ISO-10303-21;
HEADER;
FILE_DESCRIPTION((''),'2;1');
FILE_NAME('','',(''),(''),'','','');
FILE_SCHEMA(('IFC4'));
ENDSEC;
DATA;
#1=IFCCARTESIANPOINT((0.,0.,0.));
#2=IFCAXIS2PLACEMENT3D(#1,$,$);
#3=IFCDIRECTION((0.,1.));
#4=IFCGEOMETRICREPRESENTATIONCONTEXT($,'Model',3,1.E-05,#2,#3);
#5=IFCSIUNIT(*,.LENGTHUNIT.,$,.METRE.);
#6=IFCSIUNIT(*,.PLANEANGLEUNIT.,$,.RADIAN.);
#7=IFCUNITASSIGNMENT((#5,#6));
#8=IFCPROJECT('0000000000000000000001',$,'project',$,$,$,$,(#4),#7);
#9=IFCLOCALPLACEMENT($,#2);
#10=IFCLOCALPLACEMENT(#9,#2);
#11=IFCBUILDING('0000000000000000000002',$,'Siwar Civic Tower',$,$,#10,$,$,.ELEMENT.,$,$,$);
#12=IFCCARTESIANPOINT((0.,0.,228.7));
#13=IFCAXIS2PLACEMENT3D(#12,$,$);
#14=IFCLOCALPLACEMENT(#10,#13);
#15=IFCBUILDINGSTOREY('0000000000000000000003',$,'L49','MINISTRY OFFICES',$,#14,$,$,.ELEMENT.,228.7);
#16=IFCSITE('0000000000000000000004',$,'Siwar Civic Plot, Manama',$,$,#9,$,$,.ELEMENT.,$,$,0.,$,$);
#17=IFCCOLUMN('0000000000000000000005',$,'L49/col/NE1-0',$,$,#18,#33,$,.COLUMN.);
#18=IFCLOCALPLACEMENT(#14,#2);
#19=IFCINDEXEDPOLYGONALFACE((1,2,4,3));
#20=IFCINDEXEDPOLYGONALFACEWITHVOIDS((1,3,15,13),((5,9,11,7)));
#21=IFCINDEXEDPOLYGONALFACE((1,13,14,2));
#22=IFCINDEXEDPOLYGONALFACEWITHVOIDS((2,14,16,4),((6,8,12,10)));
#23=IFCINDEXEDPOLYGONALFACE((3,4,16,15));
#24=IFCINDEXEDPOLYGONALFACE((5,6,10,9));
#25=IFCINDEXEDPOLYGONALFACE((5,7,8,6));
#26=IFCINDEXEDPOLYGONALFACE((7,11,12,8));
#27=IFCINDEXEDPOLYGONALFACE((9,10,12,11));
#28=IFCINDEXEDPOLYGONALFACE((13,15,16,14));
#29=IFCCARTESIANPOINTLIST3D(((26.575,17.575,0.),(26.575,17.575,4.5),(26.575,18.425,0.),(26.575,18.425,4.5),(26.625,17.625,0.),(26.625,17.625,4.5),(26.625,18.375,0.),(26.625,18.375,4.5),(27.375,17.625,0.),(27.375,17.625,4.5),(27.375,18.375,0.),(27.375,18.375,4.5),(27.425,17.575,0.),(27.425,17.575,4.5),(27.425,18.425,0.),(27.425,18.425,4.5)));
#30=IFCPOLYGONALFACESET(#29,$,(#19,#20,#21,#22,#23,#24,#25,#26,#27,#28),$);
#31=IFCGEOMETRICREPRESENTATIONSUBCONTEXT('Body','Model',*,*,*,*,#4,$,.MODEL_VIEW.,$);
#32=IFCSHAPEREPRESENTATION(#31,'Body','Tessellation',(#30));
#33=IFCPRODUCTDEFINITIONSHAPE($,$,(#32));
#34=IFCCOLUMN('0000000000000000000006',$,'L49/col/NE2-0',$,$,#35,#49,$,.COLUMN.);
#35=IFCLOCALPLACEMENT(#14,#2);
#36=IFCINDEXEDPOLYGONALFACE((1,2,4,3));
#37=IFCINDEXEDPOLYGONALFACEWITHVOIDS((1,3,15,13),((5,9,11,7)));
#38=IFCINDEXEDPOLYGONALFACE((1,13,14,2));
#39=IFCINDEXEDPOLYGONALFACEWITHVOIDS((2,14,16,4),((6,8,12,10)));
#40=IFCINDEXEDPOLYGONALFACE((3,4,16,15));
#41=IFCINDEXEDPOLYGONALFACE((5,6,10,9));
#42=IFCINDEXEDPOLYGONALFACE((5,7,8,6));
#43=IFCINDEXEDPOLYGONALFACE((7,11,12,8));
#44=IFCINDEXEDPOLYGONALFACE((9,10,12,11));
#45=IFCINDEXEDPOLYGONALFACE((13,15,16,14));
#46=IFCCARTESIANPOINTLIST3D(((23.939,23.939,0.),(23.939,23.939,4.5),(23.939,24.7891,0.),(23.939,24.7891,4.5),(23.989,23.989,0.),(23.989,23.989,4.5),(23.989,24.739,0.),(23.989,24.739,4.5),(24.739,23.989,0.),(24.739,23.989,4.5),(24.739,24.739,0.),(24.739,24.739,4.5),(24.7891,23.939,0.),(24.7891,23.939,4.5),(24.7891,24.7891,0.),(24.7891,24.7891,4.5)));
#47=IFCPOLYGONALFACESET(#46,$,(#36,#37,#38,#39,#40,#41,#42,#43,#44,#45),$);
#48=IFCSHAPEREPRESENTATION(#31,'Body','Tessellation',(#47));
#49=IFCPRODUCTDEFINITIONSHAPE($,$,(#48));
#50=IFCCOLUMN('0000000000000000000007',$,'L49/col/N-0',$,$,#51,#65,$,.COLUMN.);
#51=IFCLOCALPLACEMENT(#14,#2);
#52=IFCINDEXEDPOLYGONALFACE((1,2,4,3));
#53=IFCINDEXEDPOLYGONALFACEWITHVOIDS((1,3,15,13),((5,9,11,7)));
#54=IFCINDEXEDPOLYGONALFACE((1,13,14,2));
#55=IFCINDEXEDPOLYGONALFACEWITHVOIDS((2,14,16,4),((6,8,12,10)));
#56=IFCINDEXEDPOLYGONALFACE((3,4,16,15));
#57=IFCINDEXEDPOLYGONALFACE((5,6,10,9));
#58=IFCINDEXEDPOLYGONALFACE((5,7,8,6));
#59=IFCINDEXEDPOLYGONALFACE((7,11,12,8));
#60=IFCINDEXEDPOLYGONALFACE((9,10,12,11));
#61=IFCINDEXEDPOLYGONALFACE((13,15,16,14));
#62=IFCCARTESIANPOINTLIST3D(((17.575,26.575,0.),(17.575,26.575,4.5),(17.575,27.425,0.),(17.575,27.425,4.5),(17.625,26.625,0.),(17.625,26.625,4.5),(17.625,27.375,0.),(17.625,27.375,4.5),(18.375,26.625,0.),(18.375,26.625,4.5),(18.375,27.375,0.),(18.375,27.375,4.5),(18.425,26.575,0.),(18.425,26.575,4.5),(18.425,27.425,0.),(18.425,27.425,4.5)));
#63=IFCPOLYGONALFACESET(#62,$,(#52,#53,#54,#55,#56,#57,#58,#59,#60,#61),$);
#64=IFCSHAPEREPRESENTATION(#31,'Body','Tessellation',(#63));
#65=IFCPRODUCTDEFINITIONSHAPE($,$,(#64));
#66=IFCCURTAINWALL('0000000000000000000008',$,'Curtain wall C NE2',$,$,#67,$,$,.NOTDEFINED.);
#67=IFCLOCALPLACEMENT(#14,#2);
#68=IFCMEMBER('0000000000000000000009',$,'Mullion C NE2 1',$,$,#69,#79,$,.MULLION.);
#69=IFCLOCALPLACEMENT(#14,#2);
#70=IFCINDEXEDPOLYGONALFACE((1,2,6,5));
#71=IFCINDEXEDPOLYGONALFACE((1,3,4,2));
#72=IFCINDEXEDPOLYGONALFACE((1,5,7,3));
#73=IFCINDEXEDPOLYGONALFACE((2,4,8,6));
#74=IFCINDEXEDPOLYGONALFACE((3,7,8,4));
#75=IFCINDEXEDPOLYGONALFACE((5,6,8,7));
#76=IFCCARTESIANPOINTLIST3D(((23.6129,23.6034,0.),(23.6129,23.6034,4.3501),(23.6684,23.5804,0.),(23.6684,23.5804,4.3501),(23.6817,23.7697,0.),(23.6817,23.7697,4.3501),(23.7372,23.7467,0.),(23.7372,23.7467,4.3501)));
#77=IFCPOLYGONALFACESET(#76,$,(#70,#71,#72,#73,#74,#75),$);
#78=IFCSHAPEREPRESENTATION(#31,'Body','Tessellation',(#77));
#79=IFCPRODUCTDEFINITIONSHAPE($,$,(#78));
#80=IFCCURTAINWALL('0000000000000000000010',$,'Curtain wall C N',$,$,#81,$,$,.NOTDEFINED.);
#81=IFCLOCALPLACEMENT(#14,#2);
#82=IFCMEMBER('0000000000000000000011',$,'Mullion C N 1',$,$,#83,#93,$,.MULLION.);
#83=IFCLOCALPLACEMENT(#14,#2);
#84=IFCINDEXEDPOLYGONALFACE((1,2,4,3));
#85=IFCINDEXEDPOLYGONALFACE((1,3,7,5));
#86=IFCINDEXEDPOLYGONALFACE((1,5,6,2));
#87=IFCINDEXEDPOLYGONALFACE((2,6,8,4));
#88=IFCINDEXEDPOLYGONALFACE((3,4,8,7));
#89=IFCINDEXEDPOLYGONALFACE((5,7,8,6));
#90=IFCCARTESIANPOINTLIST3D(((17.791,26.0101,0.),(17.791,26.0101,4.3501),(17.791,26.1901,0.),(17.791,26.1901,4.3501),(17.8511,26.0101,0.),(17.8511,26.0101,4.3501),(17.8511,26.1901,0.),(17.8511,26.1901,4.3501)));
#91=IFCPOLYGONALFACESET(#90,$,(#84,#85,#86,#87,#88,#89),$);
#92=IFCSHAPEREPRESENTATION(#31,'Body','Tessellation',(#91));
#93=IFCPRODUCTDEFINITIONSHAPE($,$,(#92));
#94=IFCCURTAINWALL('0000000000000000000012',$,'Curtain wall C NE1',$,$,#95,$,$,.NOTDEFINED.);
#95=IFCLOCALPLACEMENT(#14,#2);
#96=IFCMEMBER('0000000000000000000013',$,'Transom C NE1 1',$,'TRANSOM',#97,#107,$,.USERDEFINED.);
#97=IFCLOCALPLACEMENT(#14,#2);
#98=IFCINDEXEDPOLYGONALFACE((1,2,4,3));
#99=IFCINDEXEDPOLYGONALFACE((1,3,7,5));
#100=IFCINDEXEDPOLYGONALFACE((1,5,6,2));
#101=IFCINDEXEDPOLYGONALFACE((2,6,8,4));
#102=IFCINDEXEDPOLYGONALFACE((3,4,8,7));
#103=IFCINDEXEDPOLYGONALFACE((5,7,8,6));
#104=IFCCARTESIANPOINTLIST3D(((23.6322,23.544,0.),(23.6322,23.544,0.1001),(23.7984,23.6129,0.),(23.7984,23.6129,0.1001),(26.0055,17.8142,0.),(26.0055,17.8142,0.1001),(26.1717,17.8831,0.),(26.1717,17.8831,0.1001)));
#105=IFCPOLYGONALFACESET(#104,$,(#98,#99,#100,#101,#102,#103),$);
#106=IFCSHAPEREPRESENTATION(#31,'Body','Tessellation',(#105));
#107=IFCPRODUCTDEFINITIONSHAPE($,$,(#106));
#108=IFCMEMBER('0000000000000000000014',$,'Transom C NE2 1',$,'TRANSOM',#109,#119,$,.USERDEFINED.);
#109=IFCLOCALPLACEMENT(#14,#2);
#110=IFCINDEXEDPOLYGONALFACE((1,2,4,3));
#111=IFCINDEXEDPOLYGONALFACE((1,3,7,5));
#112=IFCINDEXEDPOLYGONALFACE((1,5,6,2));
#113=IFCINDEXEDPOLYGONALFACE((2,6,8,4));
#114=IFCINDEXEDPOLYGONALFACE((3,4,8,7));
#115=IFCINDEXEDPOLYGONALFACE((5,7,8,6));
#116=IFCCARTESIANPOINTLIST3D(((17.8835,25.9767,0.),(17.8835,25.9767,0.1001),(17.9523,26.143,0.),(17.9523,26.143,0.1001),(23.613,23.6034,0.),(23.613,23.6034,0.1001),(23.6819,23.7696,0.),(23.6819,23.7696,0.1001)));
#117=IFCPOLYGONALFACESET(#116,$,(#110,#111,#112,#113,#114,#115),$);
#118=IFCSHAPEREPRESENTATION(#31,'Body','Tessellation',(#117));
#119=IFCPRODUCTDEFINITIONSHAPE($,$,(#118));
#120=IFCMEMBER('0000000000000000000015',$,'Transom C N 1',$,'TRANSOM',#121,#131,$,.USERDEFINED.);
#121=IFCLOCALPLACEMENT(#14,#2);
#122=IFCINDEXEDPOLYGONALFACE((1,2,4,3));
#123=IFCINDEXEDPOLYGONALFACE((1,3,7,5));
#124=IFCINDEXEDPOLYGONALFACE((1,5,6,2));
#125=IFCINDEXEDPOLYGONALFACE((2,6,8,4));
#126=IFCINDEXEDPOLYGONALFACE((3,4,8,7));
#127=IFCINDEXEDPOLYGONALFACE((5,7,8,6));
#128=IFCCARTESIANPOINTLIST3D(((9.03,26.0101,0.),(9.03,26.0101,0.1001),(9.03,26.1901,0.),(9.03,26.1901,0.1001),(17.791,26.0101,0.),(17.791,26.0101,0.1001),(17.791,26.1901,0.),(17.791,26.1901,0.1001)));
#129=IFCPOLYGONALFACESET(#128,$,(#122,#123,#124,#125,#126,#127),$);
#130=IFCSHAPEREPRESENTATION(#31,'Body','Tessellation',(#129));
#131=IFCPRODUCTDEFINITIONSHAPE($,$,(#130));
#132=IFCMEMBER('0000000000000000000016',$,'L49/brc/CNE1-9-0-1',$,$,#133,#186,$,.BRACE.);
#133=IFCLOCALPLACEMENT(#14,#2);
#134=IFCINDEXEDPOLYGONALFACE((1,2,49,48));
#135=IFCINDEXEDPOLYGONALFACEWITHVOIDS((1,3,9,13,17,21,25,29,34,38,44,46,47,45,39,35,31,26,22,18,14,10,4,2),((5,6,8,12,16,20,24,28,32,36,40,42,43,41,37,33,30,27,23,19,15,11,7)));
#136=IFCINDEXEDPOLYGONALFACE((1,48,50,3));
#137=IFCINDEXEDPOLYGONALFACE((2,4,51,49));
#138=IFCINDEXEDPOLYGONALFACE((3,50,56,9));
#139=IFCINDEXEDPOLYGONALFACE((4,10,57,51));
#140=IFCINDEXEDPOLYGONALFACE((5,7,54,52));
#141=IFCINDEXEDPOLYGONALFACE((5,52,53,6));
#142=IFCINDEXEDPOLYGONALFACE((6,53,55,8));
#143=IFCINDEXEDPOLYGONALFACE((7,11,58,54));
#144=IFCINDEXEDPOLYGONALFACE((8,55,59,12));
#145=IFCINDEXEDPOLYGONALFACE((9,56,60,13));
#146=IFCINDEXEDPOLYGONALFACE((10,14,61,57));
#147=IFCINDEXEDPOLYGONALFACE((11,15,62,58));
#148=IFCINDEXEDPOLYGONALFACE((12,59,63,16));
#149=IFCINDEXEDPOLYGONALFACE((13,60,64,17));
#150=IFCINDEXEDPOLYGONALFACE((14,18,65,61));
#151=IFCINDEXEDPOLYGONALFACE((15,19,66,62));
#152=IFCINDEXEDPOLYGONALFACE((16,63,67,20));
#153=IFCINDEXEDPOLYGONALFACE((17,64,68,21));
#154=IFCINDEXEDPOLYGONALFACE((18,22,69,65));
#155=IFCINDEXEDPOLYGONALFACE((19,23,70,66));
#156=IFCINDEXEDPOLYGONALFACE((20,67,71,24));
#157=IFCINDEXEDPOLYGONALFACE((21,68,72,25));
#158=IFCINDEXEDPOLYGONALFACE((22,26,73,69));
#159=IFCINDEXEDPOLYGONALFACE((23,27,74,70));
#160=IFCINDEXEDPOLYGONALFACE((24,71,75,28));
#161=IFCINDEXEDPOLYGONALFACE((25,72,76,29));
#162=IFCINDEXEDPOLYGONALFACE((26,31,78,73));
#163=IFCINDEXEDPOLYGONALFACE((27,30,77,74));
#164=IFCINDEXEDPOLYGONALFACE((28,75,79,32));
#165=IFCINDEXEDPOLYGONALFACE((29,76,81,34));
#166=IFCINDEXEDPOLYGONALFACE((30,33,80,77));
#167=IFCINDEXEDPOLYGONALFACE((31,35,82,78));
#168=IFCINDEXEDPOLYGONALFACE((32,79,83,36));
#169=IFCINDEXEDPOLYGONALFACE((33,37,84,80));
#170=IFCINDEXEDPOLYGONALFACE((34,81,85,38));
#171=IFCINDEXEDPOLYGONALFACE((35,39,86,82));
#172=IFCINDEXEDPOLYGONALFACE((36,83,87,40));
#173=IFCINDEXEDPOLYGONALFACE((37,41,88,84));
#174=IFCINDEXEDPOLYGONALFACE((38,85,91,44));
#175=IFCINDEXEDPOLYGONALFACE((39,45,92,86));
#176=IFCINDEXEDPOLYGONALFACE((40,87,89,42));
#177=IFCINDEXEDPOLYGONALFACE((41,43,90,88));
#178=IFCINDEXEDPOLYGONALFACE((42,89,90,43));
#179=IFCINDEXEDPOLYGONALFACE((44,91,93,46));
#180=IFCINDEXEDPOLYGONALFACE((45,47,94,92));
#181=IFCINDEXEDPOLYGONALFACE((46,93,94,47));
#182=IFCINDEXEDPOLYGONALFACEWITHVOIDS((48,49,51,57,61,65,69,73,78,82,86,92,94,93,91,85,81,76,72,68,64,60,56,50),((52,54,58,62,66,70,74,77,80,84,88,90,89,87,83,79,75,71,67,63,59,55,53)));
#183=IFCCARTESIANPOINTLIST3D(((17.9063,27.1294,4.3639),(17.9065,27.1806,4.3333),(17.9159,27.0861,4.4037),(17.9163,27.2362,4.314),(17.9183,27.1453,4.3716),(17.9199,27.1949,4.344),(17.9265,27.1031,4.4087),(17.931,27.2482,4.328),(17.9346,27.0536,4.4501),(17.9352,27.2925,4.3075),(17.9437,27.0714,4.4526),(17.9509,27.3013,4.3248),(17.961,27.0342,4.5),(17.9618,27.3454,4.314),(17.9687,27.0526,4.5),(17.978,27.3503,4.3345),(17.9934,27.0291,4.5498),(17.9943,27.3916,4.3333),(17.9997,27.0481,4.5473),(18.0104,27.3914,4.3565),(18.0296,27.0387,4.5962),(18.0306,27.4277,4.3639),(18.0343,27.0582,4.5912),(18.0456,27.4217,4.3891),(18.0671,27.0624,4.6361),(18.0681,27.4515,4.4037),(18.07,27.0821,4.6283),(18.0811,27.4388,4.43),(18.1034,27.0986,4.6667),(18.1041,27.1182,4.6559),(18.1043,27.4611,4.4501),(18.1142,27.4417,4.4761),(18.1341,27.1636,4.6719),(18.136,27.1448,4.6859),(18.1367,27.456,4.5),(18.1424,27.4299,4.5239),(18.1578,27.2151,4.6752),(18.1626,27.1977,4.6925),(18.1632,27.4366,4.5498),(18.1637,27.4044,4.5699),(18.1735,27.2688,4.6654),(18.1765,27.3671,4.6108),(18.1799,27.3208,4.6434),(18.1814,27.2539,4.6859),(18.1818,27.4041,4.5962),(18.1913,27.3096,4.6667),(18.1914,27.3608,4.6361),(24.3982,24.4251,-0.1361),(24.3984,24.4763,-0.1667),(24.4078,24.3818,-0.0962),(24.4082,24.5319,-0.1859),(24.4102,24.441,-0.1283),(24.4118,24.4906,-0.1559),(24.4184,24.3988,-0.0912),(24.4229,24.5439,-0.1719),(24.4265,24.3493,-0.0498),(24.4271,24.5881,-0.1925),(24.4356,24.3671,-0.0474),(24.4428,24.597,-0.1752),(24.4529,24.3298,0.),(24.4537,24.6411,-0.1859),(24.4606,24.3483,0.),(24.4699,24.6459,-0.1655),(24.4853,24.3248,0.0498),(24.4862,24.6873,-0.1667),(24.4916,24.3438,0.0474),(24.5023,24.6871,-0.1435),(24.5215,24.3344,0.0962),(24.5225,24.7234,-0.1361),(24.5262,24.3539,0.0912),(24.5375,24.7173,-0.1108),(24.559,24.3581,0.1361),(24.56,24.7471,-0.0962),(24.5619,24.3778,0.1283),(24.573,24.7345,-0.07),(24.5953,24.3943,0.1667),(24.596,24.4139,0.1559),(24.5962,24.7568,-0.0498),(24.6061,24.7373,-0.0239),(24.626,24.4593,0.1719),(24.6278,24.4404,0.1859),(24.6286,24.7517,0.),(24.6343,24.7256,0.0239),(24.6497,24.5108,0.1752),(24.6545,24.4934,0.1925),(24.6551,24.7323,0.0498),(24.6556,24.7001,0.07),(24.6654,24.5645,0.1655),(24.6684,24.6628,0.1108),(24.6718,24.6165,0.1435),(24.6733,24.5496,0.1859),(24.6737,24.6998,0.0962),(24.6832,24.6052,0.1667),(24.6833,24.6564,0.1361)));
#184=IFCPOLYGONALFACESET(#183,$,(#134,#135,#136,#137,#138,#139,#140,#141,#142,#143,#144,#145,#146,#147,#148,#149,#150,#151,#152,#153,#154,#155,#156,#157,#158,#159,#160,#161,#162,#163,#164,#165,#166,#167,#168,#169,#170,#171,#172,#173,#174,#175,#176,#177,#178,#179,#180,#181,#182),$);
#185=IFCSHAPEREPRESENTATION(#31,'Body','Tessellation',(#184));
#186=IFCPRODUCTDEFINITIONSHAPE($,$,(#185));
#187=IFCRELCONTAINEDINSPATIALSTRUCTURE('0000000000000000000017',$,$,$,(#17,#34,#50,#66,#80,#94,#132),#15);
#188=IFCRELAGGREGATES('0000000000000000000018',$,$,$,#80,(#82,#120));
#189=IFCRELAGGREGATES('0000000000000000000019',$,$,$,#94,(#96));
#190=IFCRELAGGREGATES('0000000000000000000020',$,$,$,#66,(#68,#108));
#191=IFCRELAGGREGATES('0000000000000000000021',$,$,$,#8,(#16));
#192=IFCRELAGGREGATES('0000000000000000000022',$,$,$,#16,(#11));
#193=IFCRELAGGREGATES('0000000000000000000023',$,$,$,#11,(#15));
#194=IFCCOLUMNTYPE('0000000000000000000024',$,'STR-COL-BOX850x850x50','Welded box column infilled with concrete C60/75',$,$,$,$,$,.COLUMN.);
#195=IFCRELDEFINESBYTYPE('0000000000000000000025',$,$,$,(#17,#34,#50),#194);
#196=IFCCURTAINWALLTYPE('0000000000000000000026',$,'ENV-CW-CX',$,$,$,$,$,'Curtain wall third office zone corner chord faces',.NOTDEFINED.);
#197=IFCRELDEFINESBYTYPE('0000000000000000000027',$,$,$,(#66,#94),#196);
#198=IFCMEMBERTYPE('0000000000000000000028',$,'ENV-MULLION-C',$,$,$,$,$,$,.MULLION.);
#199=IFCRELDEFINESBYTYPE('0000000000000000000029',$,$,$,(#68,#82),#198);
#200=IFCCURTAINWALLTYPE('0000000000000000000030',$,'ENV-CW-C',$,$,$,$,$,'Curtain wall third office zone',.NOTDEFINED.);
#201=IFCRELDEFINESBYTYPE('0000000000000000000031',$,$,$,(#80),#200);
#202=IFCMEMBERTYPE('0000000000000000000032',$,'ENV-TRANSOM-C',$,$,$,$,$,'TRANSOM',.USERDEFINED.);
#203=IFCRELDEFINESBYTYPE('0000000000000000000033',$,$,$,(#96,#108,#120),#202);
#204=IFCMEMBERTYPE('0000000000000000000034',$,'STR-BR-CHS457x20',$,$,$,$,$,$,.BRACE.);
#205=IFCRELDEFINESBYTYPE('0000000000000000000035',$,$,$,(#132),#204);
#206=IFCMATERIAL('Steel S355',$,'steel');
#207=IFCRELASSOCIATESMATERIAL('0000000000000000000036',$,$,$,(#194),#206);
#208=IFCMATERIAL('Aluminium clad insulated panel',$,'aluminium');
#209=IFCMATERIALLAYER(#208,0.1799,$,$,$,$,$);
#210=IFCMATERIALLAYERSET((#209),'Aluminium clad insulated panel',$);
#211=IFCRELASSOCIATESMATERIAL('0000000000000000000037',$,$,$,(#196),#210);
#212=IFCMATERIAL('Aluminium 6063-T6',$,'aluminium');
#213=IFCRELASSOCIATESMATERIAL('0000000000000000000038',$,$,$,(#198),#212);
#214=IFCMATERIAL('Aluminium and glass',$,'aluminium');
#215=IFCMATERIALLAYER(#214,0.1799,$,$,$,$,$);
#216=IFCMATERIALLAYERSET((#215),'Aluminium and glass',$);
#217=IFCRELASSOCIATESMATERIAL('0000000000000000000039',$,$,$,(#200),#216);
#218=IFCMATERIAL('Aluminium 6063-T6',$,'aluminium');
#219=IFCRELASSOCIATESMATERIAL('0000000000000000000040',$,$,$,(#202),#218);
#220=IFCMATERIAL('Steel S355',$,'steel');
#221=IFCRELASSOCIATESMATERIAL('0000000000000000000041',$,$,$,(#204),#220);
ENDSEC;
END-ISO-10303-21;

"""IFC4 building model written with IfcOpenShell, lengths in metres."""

from ifc_helpers import new_model, si_unit, direction, frame, origin, origin_2d, place, context, subcontext, project, spatial, rectangle, hollow_rectangle, hollow_circle, extrude, material, layer, layer_set, material_profile, profile_set, type_object, element, aggregate, save


model = new_model("IFC4")

# Units and contexts
model_context = context("Model", 3, precision=1e-05, world=origin(), true_north=direction((0.0, 1.0)))
body_context = subcontext(model_context, "Body", "Model", "MODEL_VIEW")
ifc_project = project(units=[si_unit("LENGTHUNIT", "METRE"), si_unit("PLANEANGLEUNIT", "RADIAN")], contexts=[model_context])

# Site, building, storey
site_placement = place(None, origin())
site = spatial("IfcSite", under=ifc_project, at=site_placement, Name="Siwar Civic Plot, Manama", CompositionType="ELEMENT", RefElevation=0.0)
building_placement = place(site_placement, origin())
building = spatial("IfcBuilding", under=site, at=building_placement, Name="Siwar Civic Tower", CompositionType="ELEMENT")
storey_placement = place(building_placement, frame((0.0, 0.0, 228.7)))
storey = spatial("IfcBuildingStorey", under=building, at=storey_placement, Name="L49", Description="MINISTRY OFFICES", CompositionType="ELEMENT", Elevation=228.7)

# Columns
ifc_material_1 = material(Name="Steel S355", Category="steel")
ifc_material_profile_1 = material_profile(ifc_material_1, hollow_rectangle(XDim=0.8501, YDim=0.8501, WallThickness=0.05, at=origin_2d()), Name="BOX850x850x50")
ifc_profile_set_1 = profile_set([ifc_material_profile_1], Name="Steel S355")
column_type = type_object("IfcColumnType", Name="STR-COL-BOX850x850x50", Description="Welded box column infilled with concrete C60/75", PredefinedType="COLUMN", material=ifc_profile_set_1)
for number, where, z_axis, x_axis, name in (
    (1, (27.0, 18.0, 0.0), (0.0, 0.0, 1.0), (1.0, 0.0, 0.0), "L49/col/NE1-0"),
    (2, (24.364, 24.364, 0.0), (0.0, 0.0, 1.0), (1.0, 0.0, 0.0), "L49/col/NE2-0"),
    (3, (18.0, 27.0, 0.0), (0.0, 0.0, 1.0), (1.0, 0.0, 0.0), "L49/col/N-0"),
):
    element("IfcColumn", number, at=place(storey_placement, frame(where, z_axis=z_axis, x_axis=x_axis)), inside=storey, type_object=column_type, Name=name, PredefinedType="COLUMN", context=body_context, shape_type="SweptSolid", body=[
        extrude(hollow_rectangle(XDim=0.8501, YDim=0.8501, WallThickness=0.05, at=origin_2d()), origin(), (0.0, 0.0, 1.0), 4.5),
    ])

# Curtain walls, members
ifc_material_2 = material(Name="Aluminium clad insulated panel", Category="aluminium")
ifc_layer_1 = layer(ifc_material_2, 0.1799)
ifc_layer_set_1 = layer_set([ifc_layer_1], Name="Aluminium clad insulated panel")
curtain_wall_type_1 = type_object("IfcCurtainWallType", Name="ENV-CW-CX", ElementType="Curtain wall third office zone corner chord faces", PredefinedType="NOTDEFINED", material=ifc_layer_set_1)
curtain_wall_1_placement = place(storey_placement, origin())
curtain_wall_1 = element("IfcCurtainWall", 4, at=curtain_wall_1_placement, inside=storey, type_object=curtain_wall_type_1, Name="Curtain wall C NE2", PredefinedType="NOTDEFINED")
ifc_material_3 = material(Name="Aluminium 6063-T6", Category="aluminium")
ifc_material_profile_2 = material_profile(ifc_material_3, rectangle(XDim=0.1799, YDim=0.0601, at=origin_2d()), Name="AL 180x60")
ifc_profile_set_2 = profile_set([ifc_material_profile_2], Name="Aluminium 6063-T6")
member_type_1 = type_object("IfcMemberType", Name="ENV-MULLION-C", PredefinedType="MULLION", material=ifc_profile_set_2)
member_1_placement = place(storey_placement, frame((23.675, 23.675, 0.0), z_axis=(0.0, 0.0, 1.0), x_axis=(-0.382683, -0.92388, 0.0)))
member_1 = element("IfcMember", 5, at=member_1_placement, type_object=member_type_1, Name="Mullion C NE2 1", PredefinedType="MULLION", context=body_context, shape_type="SweptSolid", body=[
    extrude(rectangle(XDim=0.1799, YDim=0.0601, at=origin_2d()), origin(), (0.0, 0.0, 1.0), 4.3501),
])
ifc_material_4 = material(Name="Aluminium and glass", Category="aluminium")
ifc_layer_2 = layer(ifc_material_4, 0.1799)
ifc_layer_set_2 = layer_set([ifc_layer_2], Name="Aluminium and glass")
curtain_wall_type_2 = type_object("IfcCurtainWallType", Name="ENV-CW-C", ElementType="Curtain wall third office zone", PredefinedType="NOTDEFINED", material=ifc_layer_set_2)
curtain_wall_2_placement = place(storey_placement, origin())
curtain_wall_2 = element("IfcCurtainWall", 6, at=curtain_wall_2_placement, inside=storey, type_object=curtain_wall_type_2, Name="Curtain wall C N", PredefinedType="NOTDEFINED")
member_2_placement = place(storey_placement, frame((17.821, 26.1001, 0.0), z_axis=(0.0, 0.0, 1.0), x_axis=(0.0, -1.0, 0.0)))
member_2 = element("IfcMember", 7, at=member_2_placement, type_object=member_type_1, Name="Mullion C N 1", PredefinedType="MULLION", context=body_context, shape_type="SweptSolid", body=[
    extrude(rectangle(XDim=0.1799, YDim=0.0601, at=origin_2d()), origin(), (0.0, 0.0, 1.0), 4.3501),
])
curtain_wall_3_placement = place(storey_placement, origin())
curtain_wall_3 = element("IfcCurtainWall", 8, at=curtain_wall_3_placement, inside=storey, type_object=curtain_wall_type_1, Name="Curtain wall C NE1", PredefinedType="NOTDEFINED")
ifc_material_5 = material(Name="Aluminium 6063-T6", Category="aluminium")
ifc_material_profile_3 = material_profile(ifc_material_5, rectangle(XDim=0.1799, YDim=0.1001, at=origin_2d()), Name="AL 180x100")
ifc_profile_set_3 = profile_set([ifc_material_profile_3], Name="Aluminium 6063-T6")
member_type_2 = type_object("IfcMemberType", Name="ENV-TRANSOM-C", ElementType="TRANSOM", PredefinedType="USERDEFINED", material=ifc_profile_set_3)
member_3_placement = place(storey_placement, frame((26.0886, 17.8486, 0.05), z_axis=(-0.382677, 0.923882, 0.0), x_axis=(-0.923882, -0.382677, 0.0)))
member_3 = element("IfcMember", 9, at=member_3_placement, type_object=member_type_2, Name="Transom C NE1 1", ObjectType="TRANSOM", PredefinedType="USERDEFINED", context=body_context, shape_type="SweptSolid", body=[
    extrude(rectangle(XDim=0.1799, YDim=0.1001, at=origin_2d()), origin(), (0.0, 0.0, 1.0), 6.2019),
])

# Members
member_4_placement = place(storey_placement, frame((23.6475, 23.6865, 0.05), z_axis=(-0.923876, 0.382691, 0.0), x_axis=(-0.382691, -0.923876, 0.0)))
member_4 = element("IfcMember", 10, at=member_4_placement, type_object=member_type_2, Name="Transom C NE2 1", ObjectType="TRANSOM", PredefinedType="USERDEFINED", context=body_context, shape_type="SweptSolid", body=[
    extrude(rectangle(XDim=0.1799, YDim=0.1001, at=origin_2d()), origin(), (0.0, 0.0, 1.0), 6.2017),
])
member_5_placement = place(storey_placement, frame((17.791, 26.1001, 0.05), z_axis=(-1.0, 0.0, 0.0), x_axis=(0.0, -1.0, 0.0)))
member_5 = element("IfcMember", 11, at=member_5_placement, type_object=member_type_2, Name="Transom C N 1", ObjectType="TRANSOM", PredefinedType="USERDEFINED", context=body_context, shape_type="SweptSolid", body=[
    extrude(rectangle(XDim=0.1799, YDim=0.1001, at=origin_2d()), origin(), (0.0, 0.0, 1.0), 8.761),
])
aggregate(curtain_wall_2, [member_2, member_5])

# Member
ifc_material_6 = material(Name="Steel S355", Category="steel")
ifc_material_profile_4 = material_profile(ifc_material_6, hollow_circle(Radius=0.2285, WallThickness=0.02, at=origin_2d()), Name="CHS457x20")
ifc_profile_set_4 = profile_set([ifc_material_profile_4], Name="Steel S355")
member_type_3 = type_object("IfcMemberType", Name="STR-BR-CHS457x20", PredefinedType="BRACE", material=ifc_profile_set_4)
member_6_placement = place(storey_placement, frame((24.5408, 24.5408, 0.0), z_axis=(-0.777555, 0.323906, 0.538975), x_axis=(-0.384539, -0.923109, 0.0)))
element("IfcMember", 12, at=member_6_placement, inside=storey, type_object=member_type_3, Name="L49/brc/CNE1-9-0-1", PredefinedType="BRACE", context=body_context, shape_type="SweptSolid", body=[
    extrude(hollow_circle(Radius=0.2285, WallThickness=0.02, at=origin_2d()), origin(), (0.0, 0.0, 1.0), 8.3491),
])

aggregate(curtain_wall_3, [member_3])
aggregate(curtain_wall_1, [member_1, member_4])

save(model, "model.ifc")
